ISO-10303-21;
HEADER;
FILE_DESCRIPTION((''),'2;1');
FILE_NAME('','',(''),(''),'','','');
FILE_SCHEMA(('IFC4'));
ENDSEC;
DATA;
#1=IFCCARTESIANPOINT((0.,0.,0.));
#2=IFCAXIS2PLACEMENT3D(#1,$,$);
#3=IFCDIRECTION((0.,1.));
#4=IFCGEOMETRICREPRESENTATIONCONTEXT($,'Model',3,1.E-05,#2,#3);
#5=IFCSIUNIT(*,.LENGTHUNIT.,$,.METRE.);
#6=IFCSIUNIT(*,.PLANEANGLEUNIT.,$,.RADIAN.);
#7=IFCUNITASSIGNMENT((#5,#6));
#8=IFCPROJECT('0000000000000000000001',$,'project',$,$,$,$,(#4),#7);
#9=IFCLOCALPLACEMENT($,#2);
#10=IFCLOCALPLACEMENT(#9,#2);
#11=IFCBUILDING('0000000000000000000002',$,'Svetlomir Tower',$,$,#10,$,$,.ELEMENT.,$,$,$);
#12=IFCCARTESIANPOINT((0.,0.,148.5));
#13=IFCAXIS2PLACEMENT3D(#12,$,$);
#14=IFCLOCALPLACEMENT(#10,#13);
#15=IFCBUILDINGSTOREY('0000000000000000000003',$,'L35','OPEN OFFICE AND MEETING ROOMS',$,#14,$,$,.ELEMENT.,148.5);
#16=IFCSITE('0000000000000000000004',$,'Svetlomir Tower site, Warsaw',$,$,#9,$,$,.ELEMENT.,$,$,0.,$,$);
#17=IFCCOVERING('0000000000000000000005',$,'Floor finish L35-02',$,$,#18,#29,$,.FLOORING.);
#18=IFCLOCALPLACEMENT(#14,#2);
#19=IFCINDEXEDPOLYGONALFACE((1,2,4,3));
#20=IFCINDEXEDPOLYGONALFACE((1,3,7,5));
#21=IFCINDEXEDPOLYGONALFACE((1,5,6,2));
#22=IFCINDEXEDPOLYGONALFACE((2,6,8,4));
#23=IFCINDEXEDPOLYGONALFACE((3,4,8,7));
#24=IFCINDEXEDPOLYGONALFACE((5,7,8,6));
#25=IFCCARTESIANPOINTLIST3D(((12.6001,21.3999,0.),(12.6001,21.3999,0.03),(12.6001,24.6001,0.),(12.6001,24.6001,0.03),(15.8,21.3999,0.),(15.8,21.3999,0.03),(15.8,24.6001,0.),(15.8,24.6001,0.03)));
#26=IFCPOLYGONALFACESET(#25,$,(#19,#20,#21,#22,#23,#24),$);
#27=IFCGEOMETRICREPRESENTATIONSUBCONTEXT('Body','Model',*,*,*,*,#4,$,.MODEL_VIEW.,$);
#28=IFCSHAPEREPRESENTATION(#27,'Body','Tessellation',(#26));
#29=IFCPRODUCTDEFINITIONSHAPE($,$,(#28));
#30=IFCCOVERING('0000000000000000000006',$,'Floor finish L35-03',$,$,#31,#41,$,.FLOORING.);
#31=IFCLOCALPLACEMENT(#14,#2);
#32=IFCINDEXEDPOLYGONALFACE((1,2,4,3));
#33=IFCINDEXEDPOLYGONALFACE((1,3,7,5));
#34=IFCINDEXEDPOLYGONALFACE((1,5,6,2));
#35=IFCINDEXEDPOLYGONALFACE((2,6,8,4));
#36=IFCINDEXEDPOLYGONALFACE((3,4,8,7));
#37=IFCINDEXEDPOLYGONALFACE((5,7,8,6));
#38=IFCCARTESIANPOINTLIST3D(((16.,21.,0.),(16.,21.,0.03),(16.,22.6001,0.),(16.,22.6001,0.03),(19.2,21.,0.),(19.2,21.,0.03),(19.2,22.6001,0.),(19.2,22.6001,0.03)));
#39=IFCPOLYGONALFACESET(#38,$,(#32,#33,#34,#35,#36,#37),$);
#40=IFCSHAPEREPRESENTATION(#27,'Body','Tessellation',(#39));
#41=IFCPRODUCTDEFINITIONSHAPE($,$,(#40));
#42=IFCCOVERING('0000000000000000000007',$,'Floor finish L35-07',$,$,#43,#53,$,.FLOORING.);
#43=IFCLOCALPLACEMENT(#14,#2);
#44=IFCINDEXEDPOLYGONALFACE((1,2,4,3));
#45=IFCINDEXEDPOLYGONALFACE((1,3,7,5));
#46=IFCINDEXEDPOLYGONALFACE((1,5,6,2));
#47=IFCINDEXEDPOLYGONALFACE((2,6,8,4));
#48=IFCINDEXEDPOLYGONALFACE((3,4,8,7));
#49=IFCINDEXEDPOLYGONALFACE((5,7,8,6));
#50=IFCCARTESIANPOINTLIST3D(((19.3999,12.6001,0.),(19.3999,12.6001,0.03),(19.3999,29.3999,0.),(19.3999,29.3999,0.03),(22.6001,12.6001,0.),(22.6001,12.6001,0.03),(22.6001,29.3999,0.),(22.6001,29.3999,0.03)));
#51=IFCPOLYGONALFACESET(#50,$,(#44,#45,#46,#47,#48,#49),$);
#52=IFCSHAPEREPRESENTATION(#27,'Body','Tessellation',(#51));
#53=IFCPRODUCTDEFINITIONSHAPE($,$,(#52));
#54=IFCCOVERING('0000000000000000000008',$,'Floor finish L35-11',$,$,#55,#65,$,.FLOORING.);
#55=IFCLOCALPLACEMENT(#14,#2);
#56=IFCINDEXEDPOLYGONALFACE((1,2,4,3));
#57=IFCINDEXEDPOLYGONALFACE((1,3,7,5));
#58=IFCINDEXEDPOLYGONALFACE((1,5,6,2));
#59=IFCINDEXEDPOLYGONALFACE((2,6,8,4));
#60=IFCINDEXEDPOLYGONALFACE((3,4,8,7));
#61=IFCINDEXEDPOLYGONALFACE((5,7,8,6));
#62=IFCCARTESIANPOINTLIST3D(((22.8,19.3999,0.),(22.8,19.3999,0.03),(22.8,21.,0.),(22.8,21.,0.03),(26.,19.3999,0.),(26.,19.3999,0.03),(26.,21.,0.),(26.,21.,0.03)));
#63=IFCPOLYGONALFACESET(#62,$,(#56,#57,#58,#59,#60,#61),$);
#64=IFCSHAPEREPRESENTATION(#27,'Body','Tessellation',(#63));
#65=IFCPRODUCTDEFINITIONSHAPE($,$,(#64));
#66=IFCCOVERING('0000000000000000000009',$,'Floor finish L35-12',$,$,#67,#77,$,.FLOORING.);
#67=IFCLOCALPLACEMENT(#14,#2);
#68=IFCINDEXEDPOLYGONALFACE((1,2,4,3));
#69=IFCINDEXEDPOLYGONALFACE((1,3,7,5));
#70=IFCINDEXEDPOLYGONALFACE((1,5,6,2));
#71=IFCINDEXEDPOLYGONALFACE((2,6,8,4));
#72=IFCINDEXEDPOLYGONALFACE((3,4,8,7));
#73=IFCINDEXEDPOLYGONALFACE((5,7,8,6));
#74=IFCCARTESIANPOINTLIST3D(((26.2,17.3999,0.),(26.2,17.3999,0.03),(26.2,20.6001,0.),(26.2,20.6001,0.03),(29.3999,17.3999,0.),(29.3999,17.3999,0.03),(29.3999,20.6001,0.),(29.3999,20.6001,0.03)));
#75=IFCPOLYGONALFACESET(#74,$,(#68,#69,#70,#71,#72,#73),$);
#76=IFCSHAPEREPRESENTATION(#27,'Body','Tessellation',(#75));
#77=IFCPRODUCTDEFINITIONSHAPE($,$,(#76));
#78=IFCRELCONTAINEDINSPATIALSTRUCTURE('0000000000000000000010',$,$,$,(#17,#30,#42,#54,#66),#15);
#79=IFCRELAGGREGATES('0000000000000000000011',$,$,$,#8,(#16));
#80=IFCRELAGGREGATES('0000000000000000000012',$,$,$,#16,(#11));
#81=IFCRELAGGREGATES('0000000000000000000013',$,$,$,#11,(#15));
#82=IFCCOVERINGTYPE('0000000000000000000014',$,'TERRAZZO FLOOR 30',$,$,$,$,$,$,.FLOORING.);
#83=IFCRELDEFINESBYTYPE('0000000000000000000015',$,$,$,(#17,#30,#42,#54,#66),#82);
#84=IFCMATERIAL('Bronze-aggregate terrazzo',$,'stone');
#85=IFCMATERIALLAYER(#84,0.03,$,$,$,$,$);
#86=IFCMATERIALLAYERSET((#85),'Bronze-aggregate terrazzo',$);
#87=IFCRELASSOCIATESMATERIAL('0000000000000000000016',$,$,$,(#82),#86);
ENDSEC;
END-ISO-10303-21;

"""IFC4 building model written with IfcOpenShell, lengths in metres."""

from ifc_helpers import new_model, si_unit, direction, frame, origin, place, context, subcontext, project, spatial, polyline, outline, extrude, material, layer, layer_set, type_object, element, save


model = new_model("IFC4")

# Units and contexts
model_context = context("Model", 3, precision=1e-05, world=origin(), true_north=direction((0.0, 1.0)))
body_context = subcontext(model_context, "Body", "Model", "MODEL_VIEW")
ifc_project = project(units=[si_unit("LENGTHUNIT", "METRE"), si_unit("PLANEANGLEUNIT", "RADIAN")], contexts=[model_context])

# Site, building, storey
site_placement = place(None, origin())
site = spatial("IfcSite", under=ifc_project, at=site_placement, Name="Svetlomir Tower site, Warsaw", CompositionType="ELEMENT", RefElevation=0.0)
building_placement = place(site_placement, origin())
building = spatial("IfcBuilding", under=site, at=building_placement, Name="Svetlomir Tower", CompositionType="ELEMENT")
storey_placement = place(building_placement, frame((0.0, 0.0, 148.5)))
storey = spatial("IfcBuildingStorey", under=building, at=storey_placement, Name="L35", Description="OPEN OFFICE AND MEETING ROOMS", CompositionType="ELEMENT", Elevation=148.5)

# Coverings
ifc_material_1 = material(Name="Bronze-aggregate terrazzo", Category="stone")
ifc_layer_1 = layer(ifc_material_1, 0.03)
ifc_layer_set_1 = layer_set([ifc_layer_1], Name="Bronze-aggregate terrazzo")
covering_type_1 = type_object("IfcCoveringType", Name="TERRAZZO FLOOR 30", PredefinedType="FLOORING", material=ifc_layer_set_1)
covering_1_placement = place(storey_placement, origin())
element("IfcCovering", 1, at=covering_1_placement, inside=storey, type_object=covering_type_1, Name="Floor finish L35-02", PredefinedType="FLOORING", context=body_context, shape_type="SweptSolid", body=[
    extrude(outline(polyline([(12.6001, 21.3999), (15.8, 21.3999), (15.8, 24.6001), (12.6001, 24.6001), (12.6001, 21.3999)])), origin(), (0.0, 0.0, 1.0), 0.03),
])
covering_2_placement = place(storey_placement, origin())
element("IfcCovering", 2, at=covering_2_placement, inside=storey, type_object=covering_type_1, Name="Floor finish L35-03", PredefinedType="FLOORING", context=body_context, shape_type="SweptSolid", body=[
    extrude(outline(polyline([(16.0, 21.0), (19.2, 21.0), (19.2, 22.6001), (16.0, 22.6001), (16.0, 21.0)])), origin(), (0.0, 0.0, 1.0), 0.03),
])
covering_3_placement = place(storey_placement, origin())
element("IfcCovering", 3, at=covering_3_placement, inside=storey, type_object=covering_type_1, Name="Floor finish L35-07", PredefinedType="FLOORING", context=body_context, shape_type="SweptSolid", body=[
    extrude(outline(polyline([(19.3999, 12.6001), (22.6001, 12.6001), (22.6001, 29.3999), (19.3999, 29.3999), (19.3999, 12.6001)])), origin(), (0.0, 0.0, 1.0), 0.03),
])
covering_4_placement = place(storey_placement, origin())
element("IfcCovering", 4, at=covering_4_placement, inside=storey, type_object=covering_type_1, Name="Floor finish L35-11", PredefinedType="FLOORING", context=body_context, shape_type="SweptSolid", body=[
    extrude(outline(polyline([(22.8, 19.3999), (26.0, 19.3999), (26.0, 21.0), (22.8, 21.0), (22.8, 19.3999)])), origin(), (0.0, 0.0, 1.0), 0.03),
])
covering_5_placement = place(storey_placement, origin())
element("IfcCovering", 5, at=covering_5_placement, inside=storey, type_object=covering_type_1, Name="Floor finish L35-12", PredefinedType="FLOORING", context=body_context, shape_type="SweptSolid", body=[
    extrude(outline(polyline([(26.2, 17.3999), (29.3999, 17.3999), (29.3999, 20.6001), (26.2, 20.6001), (26.2, 17.3999)])), origin(), (0.0, 0.0, 1.0), 0.03),
])

save(model, "model.ifc")
